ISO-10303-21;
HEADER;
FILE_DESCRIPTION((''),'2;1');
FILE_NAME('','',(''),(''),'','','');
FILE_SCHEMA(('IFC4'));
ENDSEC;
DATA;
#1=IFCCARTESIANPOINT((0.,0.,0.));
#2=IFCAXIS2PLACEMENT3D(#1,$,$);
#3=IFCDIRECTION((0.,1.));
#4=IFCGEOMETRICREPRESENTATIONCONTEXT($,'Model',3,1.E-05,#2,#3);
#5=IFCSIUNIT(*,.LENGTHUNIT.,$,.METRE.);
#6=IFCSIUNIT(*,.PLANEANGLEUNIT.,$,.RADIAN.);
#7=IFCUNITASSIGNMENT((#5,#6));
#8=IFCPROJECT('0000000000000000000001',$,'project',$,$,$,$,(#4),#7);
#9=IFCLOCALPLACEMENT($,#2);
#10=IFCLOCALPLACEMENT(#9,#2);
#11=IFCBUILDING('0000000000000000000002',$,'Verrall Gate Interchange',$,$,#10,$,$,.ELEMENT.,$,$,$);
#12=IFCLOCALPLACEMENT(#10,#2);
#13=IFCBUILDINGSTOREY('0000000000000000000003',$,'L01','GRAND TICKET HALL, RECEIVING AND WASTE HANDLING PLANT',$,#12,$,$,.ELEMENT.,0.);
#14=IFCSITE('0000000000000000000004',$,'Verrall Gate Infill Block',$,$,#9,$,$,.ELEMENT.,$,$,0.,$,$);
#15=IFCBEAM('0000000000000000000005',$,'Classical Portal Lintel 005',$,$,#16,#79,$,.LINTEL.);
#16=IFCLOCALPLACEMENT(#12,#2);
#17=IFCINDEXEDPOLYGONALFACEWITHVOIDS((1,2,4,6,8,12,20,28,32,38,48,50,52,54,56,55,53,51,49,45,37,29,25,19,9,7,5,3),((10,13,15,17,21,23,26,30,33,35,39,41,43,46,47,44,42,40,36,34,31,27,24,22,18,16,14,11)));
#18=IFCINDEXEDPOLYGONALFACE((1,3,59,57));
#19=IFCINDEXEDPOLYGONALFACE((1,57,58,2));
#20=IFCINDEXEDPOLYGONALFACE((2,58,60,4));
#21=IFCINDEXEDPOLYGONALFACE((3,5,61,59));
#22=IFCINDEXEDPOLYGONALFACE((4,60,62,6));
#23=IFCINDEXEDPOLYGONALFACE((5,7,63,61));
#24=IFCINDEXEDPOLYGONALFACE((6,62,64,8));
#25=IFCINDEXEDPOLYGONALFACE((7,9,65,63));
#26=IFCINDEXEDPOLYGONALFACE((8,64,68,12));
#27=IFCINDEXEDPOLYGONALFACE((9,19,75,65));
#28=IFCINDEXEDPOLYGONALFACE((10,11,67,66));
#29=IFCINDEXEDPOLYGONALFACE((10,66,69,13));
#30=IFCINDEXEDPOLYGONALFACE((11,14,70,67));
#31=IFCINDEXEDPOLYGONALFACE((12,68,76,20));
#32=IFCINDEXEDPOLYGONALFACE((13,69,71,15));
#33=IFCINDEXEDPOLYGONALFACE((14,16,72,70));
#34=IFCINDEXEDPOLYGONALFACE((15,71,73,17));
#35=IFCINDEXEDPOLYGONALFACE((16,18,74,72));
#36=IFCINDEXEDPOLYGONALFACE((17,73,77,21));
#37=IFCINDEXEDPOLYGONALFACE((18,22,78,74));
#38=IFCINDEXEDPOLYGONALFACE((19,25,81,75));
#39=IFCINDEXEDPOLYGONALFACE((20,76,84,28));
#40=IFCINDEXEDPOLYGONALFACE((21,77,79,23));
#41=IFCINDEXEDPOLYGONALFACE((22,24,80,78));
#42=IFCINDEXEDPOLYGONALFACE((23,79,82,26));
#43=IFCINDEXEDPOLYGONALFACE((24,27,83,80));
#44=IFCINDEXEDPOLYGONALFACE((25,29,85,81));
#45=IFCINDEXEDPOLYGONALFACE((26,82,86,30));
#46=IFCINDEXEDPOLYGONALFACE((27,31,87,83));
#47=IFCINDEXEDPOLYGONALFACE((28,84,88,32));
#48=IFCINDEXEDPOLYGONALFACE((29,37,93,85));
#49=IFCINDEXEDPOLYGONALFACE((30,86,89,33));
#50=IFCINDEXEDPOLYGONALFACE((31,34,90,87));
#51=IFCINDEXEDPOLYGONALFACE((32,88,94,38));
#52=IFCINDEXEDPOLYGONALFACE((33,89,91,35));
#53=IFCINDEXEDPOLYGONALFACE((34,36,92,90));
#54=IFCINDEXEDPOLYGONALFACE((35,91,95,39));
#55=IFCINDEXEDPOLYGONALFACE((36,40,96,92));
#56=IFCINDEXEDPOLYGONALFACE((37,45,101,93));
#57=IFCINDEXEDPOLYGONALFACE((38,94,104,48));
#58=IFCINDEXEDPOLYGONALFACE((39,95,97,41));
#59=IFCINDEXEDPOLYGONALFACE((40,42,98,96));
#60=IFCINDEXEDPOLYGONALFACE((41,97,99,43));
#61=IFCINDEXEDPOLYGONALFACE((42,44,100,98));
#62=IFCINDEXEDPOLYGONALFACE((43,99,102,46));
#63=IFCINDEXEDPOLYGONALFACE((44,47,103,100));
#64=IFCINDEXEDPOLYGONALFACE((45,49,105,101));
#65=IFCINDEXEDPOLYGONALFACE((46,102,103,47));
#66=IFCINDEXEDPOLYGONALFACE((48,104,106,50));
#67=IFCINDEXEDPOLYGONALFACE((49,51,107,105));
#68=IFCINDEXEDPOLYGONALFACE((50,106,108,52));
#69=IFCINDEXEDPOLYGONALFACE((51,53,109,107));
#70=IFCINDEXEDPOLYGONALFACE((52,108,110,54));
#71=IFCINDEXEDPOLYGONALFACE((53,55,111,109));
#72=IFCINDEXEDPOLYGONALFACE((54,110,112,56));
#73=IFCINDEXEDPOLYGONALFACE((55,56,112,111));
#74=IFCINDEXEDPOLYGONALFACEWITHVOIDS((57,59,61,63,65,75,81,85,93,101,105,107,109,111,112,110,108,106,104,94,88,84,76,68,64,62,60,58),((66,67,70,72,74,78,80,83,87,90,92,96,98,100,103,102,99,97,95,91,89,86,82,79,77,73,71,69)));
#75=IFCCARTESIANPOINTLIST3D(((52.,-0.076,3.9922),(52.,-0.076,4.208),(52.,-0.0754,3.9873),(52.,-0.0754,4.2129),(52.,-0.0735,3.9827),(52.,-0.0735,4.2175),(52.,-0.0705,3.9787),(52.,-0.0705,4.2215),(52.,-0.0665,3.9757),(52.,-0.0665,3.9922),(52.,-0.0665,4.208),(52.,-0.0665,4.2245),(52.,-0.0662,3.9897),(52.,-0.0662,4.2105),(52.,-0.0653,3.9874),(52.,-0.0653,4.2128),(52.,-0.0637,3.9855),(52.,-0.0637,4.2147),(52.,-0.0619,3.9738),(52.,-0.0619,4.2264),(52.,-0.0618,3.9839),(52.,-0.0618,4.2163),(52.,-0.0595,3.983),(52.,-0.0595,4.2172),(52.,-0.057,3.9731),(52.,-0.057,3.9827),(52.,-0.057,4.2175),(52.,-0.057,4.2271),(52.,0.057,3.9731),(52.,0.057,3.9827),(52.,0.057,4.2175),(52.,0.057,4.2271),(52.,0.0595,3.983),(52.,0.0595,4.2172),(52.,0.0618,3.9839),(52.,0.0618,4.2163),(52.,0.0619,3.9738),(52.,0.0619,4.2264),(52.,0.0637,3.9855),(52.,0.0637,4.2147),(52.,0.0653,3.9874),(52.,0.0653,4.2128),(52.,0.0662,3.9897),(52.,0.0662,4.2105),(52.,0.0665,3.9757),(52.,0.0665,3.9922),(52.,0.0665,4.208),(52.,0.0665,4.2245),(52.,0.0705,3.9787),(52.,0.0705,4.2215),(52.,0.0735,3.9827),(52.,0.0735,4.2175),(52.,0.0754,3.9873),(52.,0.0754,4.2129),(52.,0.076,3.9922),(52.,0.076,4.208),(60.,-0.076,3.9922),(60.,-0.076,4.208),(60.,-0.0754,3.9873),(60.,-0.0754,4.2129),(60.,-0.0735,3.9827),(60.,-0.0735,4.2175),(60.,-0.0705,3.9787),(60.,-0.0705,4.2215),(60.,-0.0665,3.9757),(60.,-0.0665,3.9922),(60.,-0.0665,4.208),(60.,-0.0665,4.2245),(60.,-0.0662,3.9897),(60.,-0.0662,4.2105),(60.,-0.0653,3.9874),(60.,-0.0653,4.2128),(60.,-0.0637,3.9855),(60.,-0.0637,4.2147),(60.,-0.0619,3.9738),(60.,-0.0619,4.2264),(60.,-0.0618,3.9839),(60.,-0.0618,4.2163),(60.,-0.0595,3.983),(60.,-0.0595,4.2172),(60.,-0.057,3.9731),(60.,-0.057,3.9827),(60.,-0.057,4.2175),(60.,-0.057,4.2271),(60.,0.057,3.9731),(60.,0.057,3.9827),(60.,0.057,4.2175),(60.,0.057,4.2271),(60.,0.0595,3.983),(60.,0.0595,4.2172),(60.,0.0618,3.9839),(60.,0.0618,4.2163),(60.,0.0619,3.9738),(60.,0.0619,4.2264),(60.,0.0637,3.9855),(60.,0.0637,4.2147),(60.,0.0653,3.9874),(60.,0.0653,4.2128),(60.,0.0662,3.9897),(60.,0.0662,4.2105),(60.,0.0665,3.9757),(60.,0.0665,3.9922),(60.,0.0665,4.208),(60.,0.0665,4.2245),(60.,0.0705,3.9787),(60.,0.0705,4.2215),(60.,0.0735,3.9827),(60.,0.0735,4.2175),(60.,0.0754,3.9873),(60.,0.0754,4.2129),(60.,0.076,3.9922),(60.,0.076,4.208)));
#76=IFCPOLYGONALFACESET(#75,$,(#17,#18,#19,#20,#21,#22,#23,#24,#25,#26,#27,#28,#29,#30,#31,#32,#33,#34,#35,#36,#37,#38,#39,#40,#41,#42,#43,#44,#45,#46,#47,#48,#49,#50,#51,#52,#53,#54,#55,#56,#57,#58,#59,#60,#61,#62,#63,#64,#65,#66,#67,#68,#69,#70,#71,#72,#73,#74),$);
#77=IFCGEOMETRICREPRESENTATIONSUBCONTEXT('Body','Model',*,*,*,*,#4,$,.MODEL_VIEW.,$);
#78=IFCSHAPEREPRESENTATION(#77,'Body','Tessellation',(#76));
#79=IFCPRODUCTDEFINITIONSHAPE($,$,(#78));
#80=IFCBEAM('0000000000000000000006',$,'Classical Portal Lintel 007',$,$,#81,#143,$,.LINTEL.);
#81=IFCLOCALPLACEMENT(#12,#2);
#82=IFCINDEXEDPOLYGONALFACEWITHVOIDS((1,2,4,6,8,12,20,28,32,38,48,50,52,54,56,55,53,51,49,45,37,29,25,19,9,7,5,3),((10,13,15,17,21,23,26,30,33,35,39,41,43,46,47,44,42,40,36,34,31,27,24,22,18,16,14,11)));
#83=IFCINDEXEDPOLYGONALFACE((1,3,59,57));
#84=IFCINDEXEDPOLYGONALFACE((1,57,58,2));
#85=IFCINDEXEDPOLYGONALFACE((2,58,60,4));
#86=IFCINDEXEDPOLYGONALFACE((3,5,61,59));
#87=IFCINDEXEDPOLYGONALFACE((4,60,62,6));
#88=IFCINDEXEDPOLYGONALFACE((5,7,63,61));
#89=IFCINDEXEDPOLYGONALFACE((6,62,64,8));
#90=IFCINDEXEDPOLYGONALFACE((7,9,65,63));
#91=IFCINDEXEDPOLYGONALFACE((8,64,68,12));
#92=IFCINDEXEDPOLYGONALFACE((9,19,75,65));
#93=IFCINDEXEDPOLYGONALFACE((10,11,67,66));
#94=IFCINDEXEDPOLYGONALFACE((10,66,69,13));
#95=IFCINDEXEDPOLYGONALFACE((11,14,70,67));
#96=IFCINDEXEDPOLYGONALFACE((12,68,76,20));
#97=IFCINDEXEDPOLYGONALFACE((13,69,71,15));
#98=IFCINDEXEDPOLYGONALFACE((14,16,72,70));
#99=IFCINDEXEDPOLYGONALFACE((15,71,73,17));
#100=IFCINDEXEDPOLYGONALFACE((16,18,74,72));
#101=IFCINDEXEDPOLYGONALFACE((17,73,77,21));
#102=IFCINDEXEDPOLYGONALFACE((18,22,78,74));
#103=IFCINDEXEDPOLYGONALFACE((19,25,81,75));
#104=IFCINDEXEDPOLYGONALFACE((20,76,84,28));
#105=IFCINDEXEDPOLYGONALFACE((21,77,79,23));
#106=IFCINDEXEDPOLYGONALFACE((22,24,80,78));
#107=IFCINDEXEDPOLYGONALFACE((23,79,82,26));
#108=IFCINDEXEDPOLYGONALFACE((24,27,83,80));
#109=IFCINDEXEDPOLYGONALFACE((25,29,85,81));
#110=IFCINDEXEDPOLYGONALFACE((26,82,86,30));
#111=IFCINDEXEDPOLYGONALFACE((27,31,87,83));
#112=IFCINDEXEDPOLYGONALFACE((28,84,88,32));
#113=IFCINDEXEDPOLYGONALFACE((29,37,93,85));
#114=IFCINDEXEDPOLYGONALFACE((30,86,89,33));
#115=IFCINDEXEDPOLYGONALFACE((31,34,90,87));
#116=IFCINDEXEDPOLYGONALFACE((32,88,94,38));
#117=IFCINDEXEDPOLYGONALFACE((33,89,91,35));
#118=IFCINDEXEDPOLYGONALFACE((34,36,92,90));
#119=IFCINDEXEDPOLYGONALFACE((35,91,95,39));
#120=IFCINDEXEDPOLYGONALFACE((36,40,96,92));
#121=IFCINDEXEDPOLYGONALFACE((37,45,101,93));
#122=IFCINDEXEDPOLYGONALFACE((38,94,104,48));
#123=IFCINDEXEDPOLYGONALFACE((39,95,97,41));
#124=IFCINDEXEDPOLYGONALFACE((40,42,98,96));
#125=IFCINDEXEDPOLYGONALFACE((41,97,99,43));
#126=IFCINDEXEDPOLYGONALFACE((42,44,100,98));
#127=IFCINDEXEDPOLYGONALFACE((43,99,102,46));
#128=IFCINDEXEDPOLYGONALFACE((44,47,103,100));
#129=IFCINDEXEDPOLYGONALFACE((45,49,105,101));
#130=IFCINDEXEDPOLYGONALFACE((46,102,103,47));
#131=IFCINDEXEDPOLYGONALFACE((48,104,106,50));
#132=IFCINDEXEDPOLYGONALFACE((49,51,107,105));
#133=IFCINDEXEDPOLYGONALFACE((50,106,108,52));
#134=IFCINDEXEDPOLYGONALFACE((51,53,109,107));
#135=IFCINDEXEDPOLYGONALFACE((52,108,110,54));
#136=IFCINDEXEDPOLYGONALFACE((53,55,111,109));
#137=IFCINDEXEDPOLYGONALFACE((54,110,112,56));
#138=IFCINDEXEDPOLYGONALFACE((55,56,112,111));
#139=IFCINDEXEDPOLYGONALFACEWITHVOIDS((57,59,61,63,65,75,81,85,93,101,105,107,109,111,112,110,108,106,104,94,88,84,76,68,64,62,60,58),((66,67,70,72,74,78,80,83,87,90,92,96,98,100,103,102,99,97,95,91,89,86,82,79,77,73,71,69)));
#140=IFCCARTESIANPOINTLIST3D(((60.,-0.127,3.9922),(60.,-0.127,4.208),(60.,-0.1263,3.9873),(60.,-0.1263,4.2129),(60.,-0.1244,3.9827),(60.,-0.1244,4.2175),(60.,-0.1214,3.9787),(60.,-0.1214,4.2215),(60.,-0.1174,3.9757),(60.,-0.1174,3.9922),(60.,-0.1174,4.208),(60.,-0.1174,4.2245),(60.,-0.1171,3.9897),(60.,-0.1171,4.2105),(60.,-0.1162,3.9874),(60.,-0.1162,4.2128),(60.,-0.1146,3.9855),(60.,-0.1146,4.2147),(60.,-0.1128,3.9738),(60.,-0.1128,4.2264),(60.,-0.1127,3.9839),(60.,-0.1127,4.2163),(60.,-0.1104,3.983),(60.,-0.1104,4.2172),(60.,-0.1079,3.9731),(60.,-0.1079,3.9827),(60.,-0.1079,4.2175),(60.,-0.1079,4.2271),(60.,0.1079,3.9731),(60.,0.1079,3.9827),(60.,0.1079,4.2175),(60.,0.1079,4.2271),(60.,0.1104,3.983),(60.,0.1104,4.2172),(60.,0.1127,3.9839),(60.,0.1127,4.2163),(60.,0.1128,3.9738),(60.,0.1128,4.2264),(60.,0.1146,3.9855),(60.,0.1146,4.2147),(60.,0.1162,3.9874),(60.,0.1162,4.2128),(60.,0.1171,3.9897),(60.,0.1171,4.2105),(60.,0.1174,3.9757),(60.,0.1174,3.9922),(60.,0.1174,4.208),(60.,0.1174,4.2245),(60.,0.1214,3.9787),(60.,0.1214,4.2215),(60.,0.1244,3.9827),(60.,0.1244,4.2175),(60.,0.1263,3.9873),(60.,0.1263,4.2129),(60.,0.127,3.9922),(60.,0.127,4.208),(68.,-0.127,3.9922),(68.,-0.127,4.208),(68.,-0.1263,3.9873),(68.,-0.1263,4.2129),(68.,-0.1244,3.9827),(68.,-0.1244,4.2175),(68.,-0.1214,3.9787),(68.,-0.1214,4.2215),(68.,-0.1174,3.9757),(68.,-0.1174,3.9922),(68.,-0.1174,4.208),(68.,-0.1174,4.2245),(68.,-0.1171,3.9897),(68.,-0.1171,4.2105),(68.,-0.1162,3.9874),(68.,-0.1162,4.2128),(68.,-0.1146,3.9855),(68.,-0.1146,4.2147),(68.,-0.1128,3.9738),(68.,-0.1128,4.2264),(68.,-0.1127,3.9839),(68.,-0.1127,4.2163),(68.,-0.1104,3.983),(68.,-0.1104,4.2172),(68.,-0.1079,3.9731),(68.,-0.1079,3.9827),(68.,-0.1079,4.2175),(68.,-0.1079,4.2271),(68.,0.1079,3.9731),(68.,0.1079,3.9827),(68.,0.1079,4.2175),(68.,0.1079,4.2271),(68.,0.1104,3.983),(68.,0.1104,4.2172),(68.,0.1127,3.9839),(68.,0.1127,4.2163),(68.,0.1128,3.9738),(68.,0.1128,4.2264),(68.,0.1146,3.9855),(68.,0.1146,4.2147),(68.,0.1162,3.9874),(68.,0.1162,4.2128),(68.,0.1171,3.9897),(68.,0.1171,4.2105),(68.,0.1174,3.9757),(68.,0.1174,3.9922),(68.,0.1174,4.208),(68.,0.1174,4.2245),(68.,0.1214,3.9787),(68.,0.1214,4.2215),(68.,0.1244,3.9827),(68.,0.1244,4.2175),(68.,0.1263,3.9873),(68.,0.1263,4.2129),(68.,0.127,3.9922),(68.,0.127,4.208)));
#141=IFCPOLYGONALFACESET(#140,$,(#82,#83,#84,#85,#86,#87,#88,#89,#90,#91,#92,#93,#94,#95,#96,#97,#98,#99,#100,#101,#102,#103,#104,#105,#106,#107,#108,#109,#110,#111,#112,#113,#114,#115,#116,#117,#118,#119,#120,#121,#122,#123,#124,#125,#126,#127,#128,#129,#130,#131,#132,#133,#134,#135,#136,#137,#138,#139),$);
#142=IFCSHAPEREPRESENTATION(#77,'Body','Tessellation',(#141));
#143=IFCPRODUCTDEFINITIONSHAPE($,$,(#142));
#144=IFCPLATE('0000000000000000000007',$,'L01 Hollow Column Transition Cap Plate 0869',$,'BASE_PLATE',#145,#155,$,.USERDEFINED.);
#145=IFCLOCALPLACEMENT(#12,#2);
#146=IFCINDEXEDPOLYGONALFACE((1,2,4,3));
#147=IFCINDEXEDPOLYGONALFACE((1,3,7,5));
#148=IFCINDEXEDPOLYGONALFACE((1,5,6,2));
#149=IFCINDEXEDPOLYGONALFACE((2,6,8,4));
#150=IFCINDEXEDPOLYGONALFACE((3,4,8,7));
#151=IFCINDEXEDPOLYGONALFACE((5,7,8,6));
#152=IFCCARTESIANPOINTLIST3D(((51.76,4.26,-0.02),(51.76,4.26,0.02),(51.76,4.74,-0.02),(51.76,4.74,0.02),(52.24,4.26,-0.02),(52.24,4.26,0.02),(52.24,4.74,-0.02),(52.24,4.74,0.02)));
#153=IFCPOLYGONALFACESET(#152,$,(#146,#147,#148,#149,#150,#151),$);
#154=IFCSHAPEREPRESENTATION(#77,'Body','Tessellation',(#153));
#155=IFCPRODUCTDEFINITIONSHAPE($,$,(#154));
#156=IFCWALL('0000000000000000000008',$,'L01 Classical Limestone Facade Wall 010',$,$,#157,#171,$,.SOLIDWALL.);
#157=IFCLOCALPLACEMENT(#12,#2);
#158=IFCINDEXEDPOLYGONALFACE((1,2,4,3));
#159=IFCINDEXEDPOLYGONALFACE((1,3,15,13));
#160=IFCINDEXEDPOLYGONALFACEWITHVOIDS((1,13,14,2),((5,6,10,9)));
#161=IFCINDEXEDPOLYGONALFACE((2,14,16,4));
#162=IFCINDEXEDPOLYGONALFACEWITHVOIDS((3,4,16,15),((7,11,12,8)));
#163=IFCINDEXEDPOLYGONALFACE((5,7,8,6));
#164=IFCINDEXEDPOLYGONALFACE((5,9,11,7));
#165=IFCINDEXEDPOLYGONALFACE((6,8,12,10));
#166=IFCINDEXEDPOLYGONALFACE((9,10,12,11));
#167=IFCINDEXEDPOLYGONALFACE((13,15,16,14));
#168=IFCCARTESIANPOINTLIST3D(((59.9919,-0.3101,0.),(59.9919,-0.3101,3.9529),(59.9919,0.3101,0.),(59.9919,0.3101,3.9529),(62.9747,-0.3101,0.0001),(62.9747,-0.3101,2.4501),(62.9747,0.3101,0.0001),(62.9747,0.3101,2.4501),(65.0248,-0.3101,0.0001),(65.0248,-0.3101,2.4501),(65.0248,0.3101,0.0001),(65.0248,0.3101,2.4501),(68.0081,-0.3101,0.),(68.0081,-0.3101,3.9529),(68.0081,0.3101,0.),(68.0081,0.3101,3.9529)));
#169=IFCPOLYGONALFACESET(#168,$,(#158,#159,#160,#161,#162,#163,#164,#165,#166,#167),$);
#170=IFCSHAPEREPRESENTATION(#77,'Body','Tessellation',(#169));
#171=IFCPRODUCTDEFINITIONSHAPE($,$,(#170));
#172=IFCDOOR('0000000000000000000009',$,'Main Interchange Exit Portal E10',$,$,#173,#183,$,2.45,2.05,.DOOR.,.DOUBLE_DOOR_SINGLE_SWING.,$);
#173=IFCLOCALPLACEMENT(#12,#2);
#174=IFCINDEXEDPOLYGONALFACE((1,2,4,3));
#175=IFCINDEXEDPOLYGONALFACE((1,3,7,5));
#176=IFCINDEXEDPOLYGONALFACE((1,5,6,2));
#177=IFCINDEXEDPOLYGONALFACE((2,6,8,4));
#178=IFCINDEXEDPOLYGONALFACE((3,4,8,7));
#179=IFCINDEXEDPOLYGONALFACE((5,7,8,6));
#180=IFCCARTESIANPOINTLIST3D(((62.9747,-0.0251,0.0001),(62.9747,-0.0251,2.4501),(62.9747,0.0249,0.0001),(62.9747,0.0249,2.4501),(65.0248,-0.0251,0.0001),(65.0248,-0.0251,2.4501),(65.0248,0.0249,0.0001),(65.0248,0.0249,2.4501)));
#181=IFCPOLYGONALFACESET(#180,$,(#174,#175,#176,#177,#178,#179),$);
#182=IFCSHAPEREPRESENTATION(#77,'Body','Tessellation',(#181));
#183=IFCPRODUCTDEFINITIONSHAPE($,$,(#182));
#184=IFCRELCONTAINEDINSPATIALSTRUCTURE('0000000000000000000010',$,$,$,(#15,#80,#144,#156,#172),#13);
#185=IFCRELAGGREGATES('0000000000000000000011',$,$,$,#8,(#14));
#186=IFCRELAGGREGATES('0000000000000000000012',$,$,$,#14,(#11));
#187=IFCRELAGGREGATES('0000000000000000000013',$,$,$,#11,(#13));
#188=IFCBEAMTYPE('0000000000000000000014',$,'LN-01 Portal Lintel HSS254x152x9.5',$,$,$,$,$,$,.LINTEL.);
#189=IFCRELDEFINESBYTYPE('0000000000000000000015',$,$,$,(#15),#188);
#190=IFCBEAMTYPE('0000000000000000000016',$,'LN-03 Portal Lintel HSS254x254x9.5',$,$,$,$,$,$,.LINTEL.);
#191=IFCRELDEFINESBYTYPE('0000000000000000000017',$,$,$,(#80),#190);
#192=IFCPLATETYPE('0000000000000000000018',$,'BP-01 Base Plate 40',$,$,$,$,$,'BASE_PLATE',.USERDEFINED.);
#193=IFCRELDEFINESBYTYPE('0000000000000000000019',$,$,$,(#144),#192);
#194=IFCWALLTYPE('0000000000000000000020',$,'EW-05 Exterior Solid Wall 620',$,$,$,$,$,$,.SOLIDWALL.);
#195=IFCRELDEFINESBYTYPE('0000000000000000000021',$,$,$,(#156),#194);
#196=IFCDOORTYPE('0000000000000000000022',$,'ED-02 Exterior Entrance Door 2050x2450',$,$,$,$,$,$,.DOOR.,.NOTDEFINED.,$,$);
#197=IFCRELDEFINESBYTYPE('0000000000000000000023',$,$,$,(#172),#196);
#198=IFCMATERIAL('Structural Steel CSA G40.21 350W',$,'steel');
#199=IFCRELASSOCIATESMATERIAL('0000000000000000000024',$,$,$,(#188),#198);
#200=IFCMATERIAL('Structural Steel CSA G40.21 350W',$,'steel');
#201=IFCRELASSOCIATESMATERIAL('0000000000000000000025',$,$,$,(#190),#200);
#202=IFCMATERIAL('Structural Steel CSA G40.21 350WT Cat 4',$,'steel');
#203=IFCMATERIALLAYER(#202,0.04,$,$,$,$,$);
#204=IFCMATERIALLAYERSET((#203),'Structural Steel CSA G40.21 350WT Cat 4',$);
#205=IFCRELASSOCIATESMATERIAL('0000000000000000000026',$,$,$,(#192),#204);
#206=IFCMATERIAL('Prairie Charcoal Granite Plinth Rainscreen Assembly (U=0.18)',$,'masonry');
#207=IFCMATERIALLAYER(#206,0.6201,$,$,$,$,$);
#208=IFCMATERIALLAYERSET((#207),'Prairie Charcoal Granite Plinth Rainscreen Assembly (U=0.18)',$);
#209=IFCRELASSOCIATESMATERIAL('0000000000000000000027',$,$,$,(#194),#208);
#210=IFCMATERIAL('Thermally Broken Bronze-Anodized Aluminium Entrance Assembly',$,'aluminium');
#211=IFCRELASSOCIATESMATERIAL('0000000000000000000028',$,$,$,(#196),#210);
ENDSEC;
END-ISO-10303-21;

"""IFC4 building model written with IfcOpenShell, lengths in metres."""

from ifc_helpers import new_model, si_unit, direction, frame, frame_2d, origin, origin_2d, place, context, subcontext, project, spatial, rectangle, hollow_rectangle, extrude, material, layer, layer_set, material_profile, profile_set, type_object, element, fill, save


model = new_model("IFC4")

# Units and contexts
model_context = context("Model", 3, precision=1e-05, world=origin(), true_north=direction((0.0, 1.0)))
body_context = subcontext(model_context, "Body", "Model", "MODEL_VIEW")
ifc_project = project(units=[si_unit("LENGTHUNIT", "METRE"), si_unit("PLANEANGLEUNIT", "RADIAN")], contexts=[model_context])

# Site, building, storey
site_placement = place(None, origin())
site = spatial("IfcSite", under=ifc_project, at=site_placement, Name="Verrall Gate Infill Block", CompositionType="ELEMENT", RefElevation=0.0)
building_placement = place(site_placement, origin())
building = spatial("IfcBuilding", under=site, at=building_placement, Name="Verrall Gate Interchange", CompositionType="ELEMENT")
storey_placement = place(building_placement, origin())
storey = spatial("IfcBuildingStorey", under=building, at=storey_placement, Name="L01", Description="GRAND TICKET HALL, RECEIVING AND WASTE HANDLING PLANT", CompositionType="ELEMENT", Elevation=0.0)

# Beams
ifc_material_1 = material(Name="Structural Steel CSA G40.21 350W", Category="steel")
ifc_material_profile_1 = material_profile(ifc_material_1, hollow_rectangle(XDim=0.1521, YDim=0.2539, WallThickness=0.0095, InnerFilletRadius=0.0095, OuterFilletRadius=0.019, at=origin_2d()), Name="HSS254x152x9.5")
ifc_profile_set_1 = profile_set([ifc_material_profile_1], Name="Structural Steel CSA G40.21 350W")
beam_type_1 = type_object("IfcBeamType", Name="LN-01 Portal Lintel HSS254x152x9.5", PredefinedType="LINTEL", material=ifc_profile_set_1)
beam_1_placement = place(storey_placement, frame((52.0, 0.0, 4.1001), z_axis=(1.0, 0.0, 0.0), x_axis=(0.0, 1.0, 0.0)))
element("IfcBeam", 1, at=beam_1_placement, inside=storey, type_object=beam_type_1, Name="Classical Portal Lintel 005", PredefinedType="LINTEL", context=body_context, shape_type="SweptSolid", body=[
    extrude(hollow_rectangle(XDim=0.1521, YDim=0.2539, WallThickness=0.0095, InnerFilletRadius=0.0095, OuterFilletRadius=0.019, at=origin_2d()), origin(), (0.0, 0.0, 1.0), 8.0),
])
ifc_material_2 = material(Name="Structural Steel CSA G40.21 350W", Category="steel")
ifc_material_profile_2 = material_profile(ifc_material_2, hollow_rectangle(XDim=0.2539, YDim=0.2539, WallThickness=0.0095, InnerFilletRadius=0.0095, OuterFilletRadius=0.019, at=origin_2d()), Name="HSS254x254x9.5")
ifc_profile_set_2 = profile_set([ifc_material_profile_2], Name="Structural Steel CSA G40.21 350W")
beam_type_2 = type_object("IfcBeamType", Name="LN-03 Portal Lintel HSS254x254x9.5", PredefinedType="LINTEL", material=ifc_profile_set_2)
beam_2_placement = place(storey_placement, frame((60.0, 0.0, 4.1001), z_axis=(1.0, 0.0, 0.0), x_axis=(0.0, 1.0, 0.0)))
element("IfcBeam", 2, at=beam_2_placement, inside=storey, type_object=beam_type_2, Name="Classical Portal Lintel 007", PredefinedType="LINTEL", context=body_context, shape_type="SweptSolid", body=[
    extrude(hollow_rectangle(XDim=0.2539, YDim=0.2539, WallThickness=0.0095, InnerFilletRadius=0.0095, OuterFilletRadius=0.019, at=origin_2d()), origin(), (0.0, 0.0, 1.0), 8.0),
])

# Plate
ifc_material_3 = material(Name="Structural Steel CSA G40.21 350WT Cat 4", Category="steel")
ifc_layer_1 = layer(ifc_material_3, 0.04)
ifc_layer_set_1 = layer_set([ifc_layer_1], Name="Structural Steel CSA G40.21 350WT Cat 4")
plate_type = type_object("IfcPlateType", Name="BP-01 Base Plate 40", ElementType="BASE_PLATE", PredefinedType="USERDEFINED", material=ifc_layer_set_1)
plate_placement = place(storey_placement, frame((52.0, 4.5, -0.02), z_axis=(0.0, 0.0, 1.0), x_axis=(1.0, 0.0, 0.0)))
element("IfcPlate", 3, at=plate_placement, inside=storey, type_object=plate_type, Name="L01 Hollow Column Transition Cap Plate 0869", ObjectType="BASE_PLATE", PredefinedType="USERDEFINED", context=body_context, shape_type="SweptSolid", body=[
    extrude(rectangle(XDim=0.48, YDim=0.48, at=origin_2d()), origin(), (0.0, 0.0, 1.0), 0.04),
])

# Wall, opening, door
ifc_material_4 = material(Name="Prairie Charcoal Granite Plinth Rainscreen Assembly (U=0.18)", Category="masonry")
ifc_layer_2 = layer(ifc_material_4, 0.6201)
ifc_layer_set_2 = layer_set([ifc_layer_2], Name="Prairie Charcoal Granite Plinth Rainscreen Assembly (U=0.18)")
wall_type = type_object("IfcWallType", Name="EW-05 Exterior Solid Wall 620", PredefinedType="SOLIDWALL", material=ifc_layer_set_2)
wall_1_placement = place(storey_placement, frame((59.9919, 0.0, 0.0), z_axis=(0.0, 0.0, 1.0), x_axis=(1.0, 0.0, 0.0)))
wall_1 = element("IfcWall", 4, at=wall_1_placement, inside=storey, type_object=wall_type, Name="L01 Classical Limestone Facade Wall 010", PredefinedType="SOLIDWALL", context=body_context, shape_type="SweptSolid", body=[
    extrude(rectangle(XDim=8.0161, YDim=0.6201, at=frame_2d((4.0081, 0.0))), origin(), (0.0, 0.0, 1.0), 3.9529),
])
opening_1_placement = place(wall_1_placement, frame((2.9829, 0.0, 0.0)))
opening_1 = element("IfcOpeningElement", 5, at=opening_1_placement, cuts=wall_1, PredefinedType="OPENING", context=body_context, shape_type="SweptSolid", body=[
    extrude(rectangle(XDim=2.05, YDim=2.45, at=frame_2d((1.0249, 1.2251))), frame((0.0, 0.325, 0.0), z_axis=(0.0, -1.0, 0.0), x_axis=(1.0, 0.0, 0.0)), (0.0, 0.0, 1.0), 0.6499),
])
ifc_material_5 = material(Name="Thermally Broken Bronze-Anodized Aluminium Entrance Assembly", Category="aluminium")
door_type_1 = type_object("IfcDoorType", Name="ED-02 Exterior Entrance Door 2050x2450", OperationType="NOTDEFINED", PredefinedType="DOOR", material=ifc_material_5)
door_1_placement = place(opening_1_placement, origin())
door_1 = element("IfcDoor", 6, at=door_1_placement, inside=storey, type_object=door_type_1, Name="Main Interchange Exit Portal E10", OperationType="DOUBLE_DOOR_SINGLE_SWING", OverallHeight=2.45, OverallWidth=2.05, PredefinedType="DOOR", context=body_context, shape_type="SweptSolid", body=[
    extrude(rectangle(XDim=2.05, YDim=2.45, at=frame_2d((1.0249, 1.2251))), frame((0.0, 0.0249, 0.0), z_axis=(0.0, -1.0, 0.0), x_axis=(1.0, 0.0, 0.0)), (0.0, 0.0, 1.0), 0.05),
])
fill(opening_1, door_1)

save(model, "model.ifc")
